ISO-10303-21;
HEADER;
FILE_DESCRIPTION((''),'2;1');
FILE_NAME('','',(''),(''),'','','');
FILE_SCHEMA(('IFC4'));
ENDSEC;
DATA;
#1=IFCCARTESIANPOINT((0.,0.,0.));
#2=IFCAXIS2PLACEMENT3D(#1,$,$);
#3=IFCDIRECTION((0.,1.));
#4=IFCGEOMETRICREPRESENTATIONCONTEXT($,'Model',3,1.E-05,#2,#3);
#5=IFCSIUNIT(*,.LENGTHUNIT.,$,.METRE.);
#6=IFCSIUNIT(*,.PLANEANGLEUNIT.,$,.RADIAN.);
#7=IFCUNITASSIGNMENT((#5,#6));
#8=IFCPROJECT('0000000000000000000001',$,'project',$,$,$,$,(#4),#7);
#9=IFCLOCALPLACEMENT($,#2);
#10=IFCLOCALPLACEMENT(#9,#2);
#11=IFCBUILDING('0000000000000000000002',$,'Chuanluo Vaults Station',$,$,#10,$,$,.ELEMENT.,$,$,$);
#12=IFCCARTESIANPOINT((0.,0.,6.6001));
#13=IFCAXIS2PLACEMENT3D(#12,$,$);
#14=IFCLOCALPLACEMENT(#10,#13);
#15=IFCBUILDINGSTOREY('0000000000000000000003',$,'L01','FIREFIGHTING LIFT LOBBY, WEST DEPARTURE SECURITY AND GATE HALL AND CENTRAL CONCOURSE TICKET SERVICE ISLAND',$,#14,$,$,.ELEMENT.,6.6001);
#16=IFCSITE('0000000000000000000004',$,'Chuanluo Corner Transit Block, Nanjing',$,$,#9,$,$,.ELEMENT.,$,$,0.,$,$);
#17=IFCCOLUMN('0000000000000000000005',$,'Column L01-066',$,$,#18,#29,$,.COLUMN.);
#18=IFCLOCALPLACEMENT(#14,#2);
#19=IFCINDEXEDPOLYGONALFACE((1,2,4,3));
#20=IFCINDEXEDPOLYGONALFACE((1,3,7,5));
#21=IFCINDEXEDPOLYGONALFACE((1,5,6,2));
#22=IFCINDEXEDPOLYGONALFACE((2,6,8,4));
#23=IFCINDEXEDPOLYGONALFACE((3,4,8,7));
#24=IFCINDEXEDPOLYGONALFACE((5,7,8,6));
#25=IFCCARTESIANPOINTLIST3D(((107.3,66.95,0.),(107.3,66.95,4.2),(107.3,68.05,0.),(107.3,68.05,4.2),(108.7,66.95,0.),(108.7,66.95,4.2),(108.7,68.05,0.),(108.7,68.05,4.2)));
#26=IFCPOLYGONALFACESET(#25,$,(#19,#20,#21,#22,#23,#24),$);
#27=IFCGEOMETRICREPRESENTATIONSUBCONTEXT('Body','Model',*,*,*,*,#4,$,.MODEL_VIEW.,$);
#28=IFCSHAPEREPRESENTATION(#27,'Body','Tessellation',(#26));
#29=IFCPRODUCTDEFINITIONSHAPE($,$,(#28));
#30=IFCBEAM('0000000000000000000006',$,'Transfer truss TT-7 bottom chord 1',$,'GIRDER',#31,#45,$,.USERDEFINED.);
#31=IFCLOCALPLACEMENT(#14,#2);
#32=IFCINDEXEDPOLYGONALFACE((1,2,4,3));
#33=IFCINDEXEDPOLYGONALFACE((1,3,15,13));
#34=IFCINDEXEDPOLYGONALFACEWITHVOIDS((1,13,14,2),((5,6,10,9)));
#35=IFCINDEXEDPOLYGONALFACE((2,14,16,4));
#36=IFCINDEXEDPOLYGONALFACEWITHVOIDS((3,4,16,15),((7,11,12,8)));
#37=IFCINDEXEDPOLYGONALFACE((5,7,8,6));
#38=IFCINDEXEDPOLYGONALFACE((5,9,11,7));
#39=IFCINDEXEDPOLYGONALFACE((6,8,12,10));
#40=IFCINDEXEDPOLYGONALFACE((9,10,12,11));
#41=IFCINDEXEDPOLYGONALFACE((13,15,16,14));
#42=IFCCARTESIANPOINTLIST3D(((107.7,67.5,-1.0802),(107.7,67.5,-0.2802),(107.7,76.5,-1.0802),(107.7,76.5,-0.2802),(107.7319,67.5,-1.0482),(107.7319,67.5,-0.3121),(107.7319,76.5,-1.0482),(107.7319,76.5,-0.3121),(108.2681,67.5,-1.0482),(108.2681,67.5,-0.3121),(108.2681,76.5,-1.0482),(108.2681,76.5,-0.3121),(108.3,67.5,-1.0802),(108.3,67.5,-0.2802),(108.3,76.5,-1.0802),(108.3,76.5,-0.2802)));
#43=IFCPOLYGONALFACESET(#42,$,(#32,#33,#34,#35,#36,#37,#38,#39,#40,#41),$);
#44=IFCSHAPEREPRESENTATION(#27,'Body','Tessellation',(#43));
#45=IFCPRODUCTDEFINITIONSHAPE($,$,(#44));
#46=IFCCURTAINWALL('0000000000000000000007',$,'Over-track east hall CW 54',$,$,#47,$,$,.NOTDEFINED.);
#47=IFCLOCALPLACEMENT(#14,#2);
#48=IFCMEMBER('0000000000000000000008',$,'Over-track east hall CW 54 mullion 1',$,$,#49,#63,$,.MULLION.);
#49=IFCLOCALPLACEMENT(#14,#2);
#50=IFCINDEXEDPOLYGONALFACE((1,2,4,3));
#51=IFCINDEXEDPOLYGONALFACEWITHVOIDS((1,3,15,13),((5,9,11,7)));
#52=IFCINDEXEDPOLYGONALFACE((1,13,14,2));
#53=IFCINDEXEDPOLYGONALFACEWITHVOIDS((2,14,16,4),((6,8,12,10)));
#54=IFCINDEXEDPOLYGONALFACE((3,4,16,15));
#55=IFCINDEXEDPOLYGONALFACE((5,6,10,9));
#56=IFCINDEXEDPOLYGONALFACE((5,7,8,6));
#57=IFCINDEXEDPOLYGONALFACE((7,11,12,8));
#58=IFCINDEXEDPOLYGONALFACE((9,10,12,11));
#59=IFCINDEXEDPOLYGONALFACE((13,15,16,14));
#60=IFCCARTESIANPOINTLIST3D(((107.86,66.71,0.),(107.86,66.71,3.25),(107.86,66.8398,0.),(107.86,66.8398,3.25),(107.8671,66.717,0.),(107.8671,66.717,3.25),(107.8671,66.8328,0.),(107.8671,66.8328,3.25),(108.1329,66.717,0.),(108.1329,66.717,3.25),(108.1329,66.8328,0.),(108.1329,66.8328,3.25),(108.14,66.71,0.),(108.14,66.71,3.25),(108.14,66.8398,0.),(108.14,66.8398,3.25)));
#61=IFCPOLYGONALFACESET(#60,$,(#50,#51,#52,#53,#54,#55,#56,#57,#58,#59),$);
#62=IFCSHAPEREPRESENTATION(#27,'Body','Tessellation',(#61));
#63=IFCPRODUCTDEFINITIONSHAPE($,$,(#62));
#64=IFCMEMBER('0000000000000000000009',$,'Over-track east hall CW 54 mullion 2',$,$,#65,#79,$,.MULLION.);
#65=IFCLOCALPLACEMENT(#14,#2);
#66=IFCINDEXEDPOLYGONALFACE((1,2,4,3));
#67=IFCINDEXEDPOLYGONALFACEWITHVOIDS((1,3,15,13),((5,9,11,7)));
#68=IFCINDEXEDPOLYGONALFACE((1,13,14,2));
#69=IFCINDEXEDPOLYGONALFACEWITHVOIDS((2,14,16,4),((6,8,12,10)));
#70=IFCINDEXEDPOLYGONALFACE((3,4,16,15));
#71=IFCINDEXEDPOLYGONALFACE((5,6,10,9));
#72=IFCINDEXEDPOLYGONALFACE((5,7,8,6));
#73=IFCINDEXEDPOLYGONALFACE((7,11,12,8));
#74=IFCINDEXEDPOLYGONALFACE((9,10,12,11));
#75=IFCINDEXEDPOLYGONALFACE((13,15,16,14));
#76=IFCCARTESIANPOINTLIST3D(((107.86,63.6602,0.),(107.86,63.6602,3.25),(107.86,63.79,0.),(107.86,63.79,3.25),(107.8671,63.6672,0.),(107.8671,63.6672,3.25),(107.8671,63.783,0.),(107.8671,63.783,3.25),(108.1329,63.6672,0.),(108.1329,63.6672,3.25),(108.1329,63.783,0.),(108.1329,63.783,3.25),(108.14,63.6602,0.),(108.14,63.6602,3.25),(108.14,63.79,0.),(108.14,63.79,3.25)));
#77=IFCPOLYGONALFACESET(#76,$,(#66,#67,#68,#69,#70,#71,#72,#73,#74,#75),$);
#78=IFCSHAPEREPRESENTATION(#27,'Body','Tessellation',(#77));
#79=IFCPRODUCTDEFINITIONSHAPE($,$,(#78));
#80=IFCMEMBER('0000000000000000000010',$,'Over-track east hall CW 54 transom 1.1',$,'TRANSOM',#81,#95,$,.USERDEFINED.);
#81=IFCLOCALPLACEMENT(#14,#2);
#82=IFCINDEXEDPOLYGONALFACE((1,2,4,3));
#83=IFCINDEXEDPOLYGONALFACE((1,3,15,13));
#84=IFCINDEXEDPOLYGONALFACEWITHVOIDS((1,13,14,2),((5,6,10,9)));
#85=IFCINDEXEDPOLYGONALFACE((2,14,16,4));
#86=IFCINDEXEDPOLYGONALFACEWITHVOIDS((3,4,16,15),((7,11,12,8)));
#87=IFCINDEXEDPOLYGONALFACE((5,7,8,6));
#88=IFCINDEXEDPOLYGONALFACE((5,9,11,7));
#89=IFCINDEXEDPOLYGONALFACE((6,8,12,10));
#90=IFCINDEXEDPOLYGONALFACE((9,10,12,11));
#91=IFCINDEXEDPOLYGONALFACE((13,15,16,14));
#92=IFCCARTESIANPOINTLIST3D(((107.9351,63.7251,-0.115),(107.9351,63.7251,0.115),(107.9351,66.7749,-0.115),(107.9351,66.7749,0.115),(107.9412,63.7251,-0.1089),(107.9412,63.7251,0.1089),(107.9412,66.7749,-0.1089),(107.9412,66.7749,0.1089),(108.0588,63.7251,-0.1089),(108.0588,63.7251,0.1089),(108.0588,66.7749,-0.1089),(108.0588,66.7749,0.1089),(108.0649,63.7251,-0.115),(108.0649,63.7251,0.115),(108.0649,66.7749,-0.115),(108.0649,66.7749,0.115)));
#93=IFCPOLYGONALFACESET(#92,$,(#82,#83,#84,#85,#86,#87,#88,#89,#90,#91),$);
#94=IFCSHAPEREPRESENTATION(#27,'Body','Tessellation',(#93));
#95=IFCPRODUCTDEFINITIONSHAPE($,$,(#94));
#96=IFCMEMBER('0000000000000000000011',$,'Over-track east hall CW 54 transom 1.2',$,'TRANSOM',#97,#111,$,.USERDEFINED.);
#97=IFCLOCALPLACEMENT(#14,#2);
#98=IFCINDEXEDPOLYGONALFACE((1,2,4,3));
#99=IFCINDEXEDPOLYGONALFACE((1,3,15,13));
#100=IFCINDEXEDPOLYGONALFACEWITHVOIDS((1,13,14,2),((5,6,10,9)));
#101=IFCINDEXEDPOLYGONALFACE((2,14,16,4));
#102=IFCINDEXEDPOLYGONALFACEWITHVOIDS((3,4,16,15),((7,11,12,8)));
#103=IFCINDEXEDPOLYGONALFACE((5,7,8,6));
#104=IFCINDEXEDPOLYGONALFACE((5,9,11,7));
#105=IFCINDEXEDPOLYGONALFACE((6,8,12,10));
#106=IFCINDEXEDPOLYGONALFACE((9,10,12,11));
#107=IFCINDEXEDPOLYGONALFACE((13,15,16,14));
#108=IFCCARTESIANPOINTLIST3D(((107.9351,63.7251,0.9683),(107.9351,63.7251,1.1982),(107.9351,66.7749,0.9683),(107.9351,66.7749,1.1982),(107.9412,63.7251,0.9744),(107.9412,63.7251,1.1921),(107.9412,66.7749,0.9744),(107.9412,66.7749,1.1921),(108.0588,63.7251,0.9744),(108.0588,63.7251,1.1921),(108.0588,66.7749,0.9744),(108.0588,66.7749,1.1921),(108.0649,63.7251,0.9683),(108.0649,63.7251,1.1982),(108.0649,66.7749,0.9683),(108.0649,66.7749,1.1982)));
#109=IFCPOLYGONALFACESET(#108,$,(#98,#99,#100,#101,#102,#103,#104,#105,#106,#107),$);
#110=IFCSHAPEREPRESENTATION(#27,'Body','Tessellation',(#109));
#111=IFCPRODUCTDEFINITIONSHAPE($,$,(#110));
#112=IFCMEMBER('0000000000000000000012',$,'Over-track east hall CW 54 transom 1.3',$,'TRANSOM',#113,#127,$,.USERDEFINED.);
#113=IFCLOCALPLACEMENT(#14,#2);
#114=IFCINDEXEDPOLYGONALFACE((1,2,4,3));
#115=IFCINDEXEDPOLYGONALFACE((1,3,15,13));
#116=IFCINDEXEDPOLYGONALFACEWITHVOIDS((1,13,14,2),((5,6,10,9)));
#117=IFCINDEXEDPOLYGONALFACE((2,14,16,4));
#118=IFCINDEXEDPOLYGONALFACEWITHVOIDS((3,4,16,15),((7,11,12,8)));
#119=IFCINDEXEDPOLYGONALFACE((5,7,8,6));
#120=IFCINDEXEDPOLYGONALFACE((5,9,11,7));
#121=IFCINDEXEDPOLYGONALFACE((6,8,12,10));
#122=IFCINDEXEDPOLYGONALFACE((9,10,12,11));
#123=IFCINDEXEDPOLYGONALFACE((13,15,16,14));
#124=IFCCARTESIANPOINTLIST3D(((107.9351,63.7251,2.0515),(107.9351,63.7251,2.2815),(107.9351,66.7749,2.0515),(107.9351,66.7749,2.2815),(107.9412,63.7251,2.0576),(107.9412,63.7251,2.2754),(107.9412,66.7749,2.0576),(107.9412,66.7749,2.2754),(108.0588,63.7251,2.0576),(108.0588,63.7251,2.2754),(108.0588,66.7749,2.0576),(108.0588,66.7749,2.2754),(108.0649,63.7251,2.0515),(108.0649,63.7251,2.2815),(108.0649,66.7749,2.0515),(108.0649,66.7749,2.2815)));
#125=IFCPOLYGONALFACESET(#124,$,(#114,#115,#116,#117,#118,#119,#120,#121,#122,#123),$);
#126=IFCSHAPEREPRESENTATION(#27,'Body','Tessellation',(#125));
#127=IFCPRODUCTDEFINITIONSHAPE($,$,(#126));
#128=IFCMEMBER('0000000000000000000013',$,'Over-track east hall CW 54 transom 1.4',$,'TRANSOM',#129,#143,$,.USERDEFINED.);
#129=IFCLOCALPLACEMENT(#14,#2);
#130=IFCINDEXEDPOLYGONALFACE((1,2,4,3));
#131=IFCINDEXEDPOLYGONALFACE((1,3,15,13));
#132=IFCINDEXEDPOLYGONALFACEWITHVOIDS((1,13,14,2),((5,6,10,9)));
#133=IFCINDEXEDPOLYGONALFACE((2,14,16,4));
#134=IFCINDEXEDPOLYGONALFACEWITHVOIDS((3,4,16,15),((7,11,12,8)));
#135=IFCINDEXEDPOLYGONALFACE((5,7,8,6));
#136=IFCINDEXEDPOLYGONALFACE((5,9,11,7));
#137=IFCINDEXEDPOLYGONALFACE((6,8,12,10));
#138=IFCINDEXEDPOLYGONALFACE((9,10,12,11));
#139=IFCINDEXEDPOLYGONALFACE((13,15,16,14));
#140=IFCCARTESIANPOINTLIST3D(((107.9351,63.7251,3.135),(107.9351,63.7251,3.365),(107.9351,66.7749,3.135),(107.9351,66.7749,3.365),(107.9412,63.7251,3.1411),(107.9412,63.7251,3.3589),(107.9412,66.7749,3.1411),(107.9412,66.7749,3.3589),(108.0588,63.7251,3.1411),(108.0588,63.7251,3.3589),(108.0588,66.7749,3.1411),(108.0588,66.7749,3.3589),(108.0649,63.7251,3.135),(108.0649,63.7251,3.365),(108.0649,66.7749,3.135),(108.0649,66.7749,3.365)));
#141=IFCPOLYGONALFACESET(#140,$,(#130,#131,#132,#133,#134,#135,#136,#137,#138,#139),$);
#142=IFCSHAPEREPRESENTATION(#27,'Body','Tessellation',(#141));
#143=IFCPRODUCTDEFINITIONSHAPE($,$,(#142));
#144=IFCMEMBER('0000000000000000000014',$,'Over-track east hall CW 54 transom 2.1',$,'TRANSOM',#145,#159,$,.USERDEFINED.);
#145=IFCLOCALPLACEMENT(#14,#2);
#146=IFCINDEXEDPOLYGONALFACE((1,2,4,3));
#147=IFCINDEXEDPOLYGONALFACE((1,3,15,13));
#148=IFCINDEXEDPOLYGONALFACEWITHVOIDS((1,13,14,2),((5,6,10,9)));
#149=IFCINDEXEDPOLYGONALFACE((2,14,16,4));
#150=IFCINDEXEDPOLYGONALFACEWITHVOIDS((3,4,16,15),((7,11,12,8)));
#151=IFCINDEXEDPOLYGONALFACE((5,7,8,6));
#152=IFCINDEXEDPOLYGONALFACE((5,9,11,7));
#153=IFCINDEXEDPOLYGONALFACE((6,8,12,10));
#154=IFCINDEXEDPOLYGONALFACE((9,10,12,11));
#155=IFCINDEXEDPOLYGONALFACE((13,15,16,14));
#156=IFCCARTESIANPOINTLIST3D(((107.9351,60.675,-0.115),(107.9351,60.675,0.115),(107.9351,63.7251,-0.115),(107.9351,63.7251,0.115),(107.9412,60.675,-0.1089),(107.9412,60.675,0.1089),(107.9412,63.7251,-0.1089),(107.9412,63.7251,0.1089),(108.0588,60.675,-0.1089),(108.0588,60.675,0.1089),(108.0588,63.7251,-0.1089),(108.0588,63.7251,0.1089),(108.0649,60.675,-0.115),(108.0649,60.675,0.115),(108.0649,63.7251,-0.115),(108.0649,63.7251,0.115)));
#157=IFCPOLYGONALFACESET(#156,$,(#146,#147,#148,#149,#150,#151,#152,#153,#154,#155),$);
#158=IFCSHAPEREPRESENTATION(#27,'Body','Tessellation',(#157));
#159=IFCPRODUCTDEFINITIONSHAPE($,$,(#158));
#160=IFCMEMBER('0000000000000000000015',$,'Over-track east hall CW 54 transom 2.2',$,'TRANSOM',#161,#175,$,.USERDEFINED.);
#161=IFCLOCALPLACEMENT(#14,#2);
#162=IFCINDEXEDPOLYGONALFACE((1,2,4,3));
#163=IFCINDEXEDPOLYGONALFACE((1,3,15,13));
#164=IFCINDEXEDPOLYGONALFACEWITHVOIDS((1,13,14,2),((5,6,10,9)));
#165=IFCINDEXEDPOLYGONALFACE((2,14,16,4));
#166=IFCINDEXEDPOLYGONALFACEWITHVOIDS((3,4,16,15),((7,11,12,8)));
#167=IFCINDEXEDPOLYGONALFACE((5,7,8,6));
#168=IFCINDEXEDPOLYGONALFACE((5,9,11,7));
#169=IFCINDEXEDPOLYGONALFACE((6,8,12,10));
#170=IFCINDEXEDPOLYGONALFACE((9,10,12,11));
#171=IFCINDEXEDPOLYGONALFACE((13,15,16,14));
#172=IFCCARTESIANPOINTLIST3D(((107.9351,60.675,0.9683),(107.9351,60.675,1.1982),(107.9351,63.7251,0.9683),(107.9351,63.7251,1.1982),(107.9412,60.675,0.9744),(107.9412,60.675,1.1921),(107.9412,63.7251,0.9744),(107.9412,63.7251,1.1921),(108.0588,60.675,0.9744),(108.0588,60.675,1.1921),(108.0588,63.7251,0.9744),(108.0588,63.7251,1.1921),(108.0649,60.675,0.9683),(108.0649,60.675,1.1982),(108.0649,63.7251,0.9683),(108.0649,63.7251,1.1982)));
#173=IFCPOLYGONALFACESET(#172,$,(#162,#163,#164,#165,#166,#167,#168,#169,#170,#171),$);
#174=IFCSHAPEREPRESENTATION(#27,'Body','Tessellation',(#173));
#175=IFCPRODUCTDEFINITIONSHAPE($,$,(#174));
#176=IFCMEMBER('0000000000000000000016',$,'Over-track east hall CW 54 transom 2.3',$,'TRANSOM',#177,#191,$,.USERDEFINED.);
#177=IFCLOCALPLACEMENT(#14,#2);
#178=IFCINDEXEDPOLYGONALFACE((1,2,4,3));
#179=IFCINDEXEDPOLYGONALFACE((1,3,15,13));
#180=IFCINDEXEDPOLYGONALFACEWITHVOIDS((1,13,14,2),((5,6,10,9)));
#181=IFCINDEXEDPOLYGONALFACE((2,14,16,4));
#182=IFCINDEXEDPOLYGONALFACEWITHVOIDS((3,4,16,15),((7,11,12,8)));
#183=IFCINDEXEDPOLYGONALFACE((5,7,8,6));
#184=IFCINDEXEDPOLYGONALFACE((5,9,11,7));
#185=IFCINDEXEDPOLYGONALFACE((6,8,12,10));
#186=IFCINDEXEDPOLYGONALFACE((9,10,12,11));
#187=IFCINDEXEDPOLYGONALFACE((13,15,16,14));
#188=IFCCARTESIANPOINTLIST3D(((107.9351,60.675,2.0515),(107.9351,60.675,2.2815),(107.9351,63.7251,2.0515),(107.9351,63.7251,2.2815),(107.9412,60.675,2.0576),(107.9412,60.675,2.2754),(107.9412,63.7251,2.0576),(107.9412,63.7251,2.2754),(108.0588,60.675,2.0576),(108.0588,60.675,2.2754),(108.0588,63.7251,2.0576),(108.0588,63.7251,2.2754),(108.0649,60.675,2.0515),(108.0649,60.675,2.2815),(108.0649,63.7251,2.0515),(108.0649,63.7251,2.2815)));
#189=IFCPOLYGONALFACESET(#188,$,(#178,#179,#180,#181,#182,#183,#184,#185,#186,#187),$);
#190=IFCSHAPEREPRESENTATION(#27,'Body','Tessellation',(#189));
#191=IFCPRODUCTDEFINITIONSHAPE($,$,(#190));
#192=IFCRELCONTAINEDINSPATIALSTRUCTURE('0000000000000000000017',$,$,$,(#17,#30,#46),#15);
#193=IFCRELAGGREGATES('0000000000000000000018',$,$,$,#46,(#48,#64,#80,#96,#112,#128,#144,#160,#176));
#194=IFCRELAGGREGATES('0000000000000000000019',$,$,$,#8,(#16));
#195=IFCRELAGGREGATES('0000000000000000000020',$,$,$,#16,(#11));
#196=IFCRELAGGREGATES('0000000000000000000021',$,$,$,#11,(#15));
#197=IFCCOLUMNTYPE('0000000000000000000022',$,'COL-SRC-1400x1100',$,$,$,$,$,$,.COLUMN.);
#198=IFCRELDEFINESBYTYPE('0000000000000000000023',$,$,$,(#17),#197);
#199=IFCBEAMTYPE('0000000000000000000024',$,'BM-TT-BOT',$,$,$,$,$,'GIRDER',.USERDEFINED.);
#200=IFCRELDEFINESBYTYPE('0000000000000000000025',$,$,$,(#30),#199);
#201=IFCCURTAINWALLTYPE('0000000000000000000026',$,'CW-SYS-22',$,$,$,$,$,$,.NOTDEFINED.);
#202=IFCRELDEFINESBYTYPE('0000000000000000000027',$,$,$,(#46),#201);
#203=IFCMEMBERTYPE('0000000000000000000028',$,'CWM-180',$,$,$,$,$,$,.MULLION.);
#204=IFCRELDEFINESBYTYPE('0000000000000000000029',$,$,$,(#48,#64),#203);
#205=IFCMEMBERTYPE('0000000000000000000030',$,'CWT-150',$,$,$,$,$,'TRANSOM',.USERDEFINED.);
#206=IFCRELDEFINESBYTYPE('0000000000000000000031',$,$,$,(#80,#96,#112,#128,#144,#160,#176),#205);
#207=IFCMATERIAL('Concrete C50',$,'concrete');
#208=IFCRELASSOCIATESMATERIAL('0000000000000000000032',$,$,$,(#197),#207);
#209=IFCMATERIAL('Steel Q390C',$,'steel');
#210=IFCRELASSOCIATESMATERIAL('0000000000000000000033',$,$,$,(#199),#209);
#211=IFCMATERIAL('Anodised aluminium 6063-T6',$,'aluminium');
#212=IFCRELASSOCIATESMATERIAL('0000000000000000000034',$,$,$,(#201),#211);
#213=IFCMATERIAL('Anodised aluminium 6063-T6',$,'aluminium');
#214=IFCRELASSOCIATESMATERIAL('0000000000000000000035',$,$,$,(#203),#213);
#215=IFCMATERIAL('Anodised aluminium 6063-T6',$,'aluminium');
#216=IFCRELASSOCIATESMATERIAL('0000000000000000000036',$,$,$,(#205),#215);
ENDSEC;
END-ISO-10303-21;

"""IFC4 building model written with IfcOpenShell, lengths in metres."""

from ifc_helpers import new_model, si_unit, direction, frame, origin, origin_2d, place, context, subcontext, project, spatial, rectangle, hollow_rectangle, extrude, material, material_profile, profile_set, type_object, element, aggregate, save


model = new_model("IFC4")

# Units and contexts
model_context = context("Model", 3, precision=1e-05, world=origin(), true_north=direction((0.0, 1.0)))
body_context = subcontext(model_context, "Body", "Model", "MODEL_VIEW")
ifc_project = project(units=[si_unit("LENGTHUNIT", "METRE"), si_unit("PLANEANGLEUNIT", "RADIAN")], contexts=[model_context])

# Site, building, storey
site_placement = place(None, origin())
site = spatial("IfcSite", under=ifc_project, at=site_placement, Name="Chuanluo Corner Transit Block, Nanjing", CompositionType="ELEMENT", RefElevation=0.0)
building_placement = place(site_placement, origin())
building = spatial("IfcBuilding", under=site, at=building_placement, Name="Chuanluo Vaults Station", CompositionType="ELEMENT")
storey_placement = place(building_placement, frame((0.0, 0.0, 6.6001)))
storey = spatial("IfcBuildingStorey", under=building, at=storey_placement, Name="L01", Description="FIREFIGHTING LIFT LOBBY, WEST DEPARTURE SECURITY AND GATE HALL AND CENTRAL CONCOURSE TICKET SERVICE ISLAND", CompositionType="ELEMENT", Elevation=6.6001)

# Column
ifc_material_1 = material(Name="Concrete C50", Category="concrete")
ifc_material_profile_1 = material_profile(ifc_material_1, rectangle(XDim=1.3999, YDim=1.1001, at=origin_2d()))
ifc_profile_set_1 = profile_set([ifc_material_profile_1], Name="Concrete C50")
column_type = type_object("IfcColumnType", Name="COL-SRC-1400x1100", PredefinedType="COLUMN", material=ifc_profile_set_1)
column_placement = place(storey_placement, frame((108.0, 67.5, 0.0), z_axis=(0.0, 0.0, 1.0), x_axis=(1.0, 0.0, 0.0)))
element("IfcColumn", 1, at=column_placement, inside=storey, type_object=column_type, Name="Column L01-066", PredefinedType="COLUMN", context=body_context, shape_type="SweptSolid", body=[
    extrude(rectangle(XDim=1.3999, YDim=1.1001, at=origin_2d()), origin(), (0.0, 0.0, 1.0), 4.2),
])

# Beam
ifc_material_2 = material(Name="Steel Q390C", Category="steel")
ifc_material_profile_2 = material_profile(ifc_material_2, hollow_rectangle(XDim=0.6001, YDim=0.8, WallThickness=0.032, at=origin_2d()))
ifc_profile_set_2 = profile_set([ifc_material_profile_2], Name="Steel Q390C")
beam_type = type_object("IfcBeamType", Name="BM-TT-BOT", ElementType="GIRDER", PredefinedType="USERDEFINED", material=ifc_profile_set_2)
beam_placement = place(storey_placement, frame((108.0, 67.5, -0.6802), z_axis=(0.0, 1.0, 0.0), x_axis=(-1.0, 0.0, 0.0)))
element("IfcBeam", 2, at=beam_placement, inside=storey, type_object=beam_type, Name="Transfer truss TT-7 bottom chord 1", ObjectType="GIRDER", PredefinedType="USERDEFINED", context=body_context, shape_type="SweptSolid", body=[
    extrude(hollow_rectangle(XDim=0.6001, YDim=0.8, WallThickness=0.032, at=origin_2d()), origin(), (0.0, 0.0, 1.0), 9.0),
])

# Curtain wall, members
ifc_material_3 = material(Name="Anodised aluminium 6063-T6", Category="aluminium")
curtain_wall_type = type_object("IfcCurtainWallType", Name="CW-SYS-22", PredefinedType="NOTDEFINED", material=ifc_material_3)
curtain_wall_placement = place(storey_placement, origin())
curtain_wall = element("IfcCurtainWall", 3, at=curtain_wall_placement, inside=storey, type_object=curtain_wall_type, Name="Over-track east hall CW 54", PredefinedType="NOTDEFINED")
ifc_material_4 = material(Name="Anodised aluminium 6063-T6", Category="aluminium")
ifc_material_profile_3 = material_profile(ifc_material_4, hollow_rectangle(XDim=0.1299, YDim=0.28, WallThickness=0.0071, at=origin_2d()))
ifc_profile_set_3 = profile_set([ifc_material_profile_3], Name="Anodised aluminium 6063-T6")
member_type_1 = type_object("IfcMemberType", Name="CWM-180", PredefinedType="MULLION", material=ifc_profile_set_3)
member_1_placement = place(storey_placement, frame((108.0, 66.7749, 0.0), z_axis=(0.0, 0.0, 1.0), x_axis=(0.0, -1.0, 0.0)))
member_1 = element("IfcMember", 4, at=member_1_placement, type_object=member_type_1, Name="Over-track east hall CW 54 mullion 1", PredefinedType="MULLION", context=body_context, shape_type="SweptSolid", body=[
    extrude(hollow_rectangle(XDim=0.1299, YDim=0.28, WallThickness=0.0071, at=origin_2d()), origin(), (0.0, 0.0, 1.0), 3.25),
])
member_2_placement = place(storey_placement, frame((108.0, 63.7251, 0.0), z_axis=(0.0, 0.0, 1.0), x_axis=(0.0, -1.0, 0.0)))
member_2 = element("IfcMember", 5, at=member_2_placement, type_object=member_type_1, Name="Over-track east hall CW 54 mullion 2", PredefinedType="MULLION", context=body_context, shape_type="SweptSolid", body=[
    extrude(hollow_rectangle(XDim=0.1299, YDim=0.28, WallThickness=0.0071, at=origin_2d()), origin(), (0.0, 0.0, 1.0), 3.25),
])
ifc_material_5 = material(Name="Anodised aluminium 6063-T6", Category="aluminium")
ifc_material_profile_4 = material_profile(ifc_material_5, hollow_rectangle(XDim=0.1299, YDim=0.23, WallThickness=0.0061, at=origin_2d()))
ifc_profile_set_4 = profile_set([ifc_material_profile_4], Name="Anodised aluminium 6063-T6")
member_type_2 = type_object("IfcMemberType", Name="CWT-150", ElementType="TRANSOM", PredefinedType="USERDEFINED", material=ifc_profile_set_4)
member_3_placement = place(storey_placement, frame((108.0, 66.7749, 0.0), z_axis=(0.0, -1.0, 0.0), x_axis=(1.0, 0.0, 0.0)))
member_3 = element("IfcMember", 6, at=member_3_placement, type_object=member_type_2, Name="Over-track east hall CW 54 transom 1.1", ObjectType="TRANSOM", PredefinedType="USERDEFINED", context=body_context, shape_type="SweptSolid", body=[
    extrude(hollow_rectangle(XDim=0.1299, YDim=0.23, WallThickness=0.0061, at=origin_2d()), origin(), (0.0, 0.0, 1.0), 3.0498),
])
member_4_placement = place(storey_placement, frame((108.0, 66.7749, 1.0833), z_axis=(0.0, -1.0, 0.0), x_axis=(1.0, 0.0, 0.0)))
member_4 = element("IfcMember", 7, at=member_4_placement, type_object=member_type_2, Name="Over-track east hall CW 54 transom 1.2", ObjectType="TRANSOM", PredefinedType="USERDEFINED", context=body_context, shape_type="SweptSolid", body=[
    extrude(hollow_rectangle(XDim=0.1299, YDim=0.23, WallThickness=0.0061, at=origin_2d()), origin(), (0.0, 0.0, 1.0), 3.0498),
])
member_5_placement = place(storey_placement, frame((108.0, 66.7749, 2.1665), z_axis=(0.0, -1.0, 0.0), x_axis=(1.0, 0.0, 0.0)))
member_5 = element("IfcMember", 8, at=member_5_placement, type_object=member_type_2, Name="Over-track east hall CW 54 transom 1.3", ObjectType="TRANSOM", PredefinedType="USERDEFINED", context=body_context, shape_type="SweptSolid", body=[
    extrude(hollow_rectangle(XDim=0.1299, YDim=0.23, WallThickness=0.0061, at=origin_2d()), origin(), (0.0, 0.0, 1.0), 3.0498),
])
member_6_placement = place(storey_placement, frame((108.0, 66.7749, 3.25), z_axis=(0.0, -1.0, 0.0), x_axis=(1.0, 0.0, 0.0)))
member_6 = element("IfcMember", 9, at=member_6_placement, type_object=member_type_2, Name="Over-track east hall CW 54 transom 1.4", ObjectType="TRANSOM", PredefinedType="USERDEFINED", context=body_context, shape_type="SweptSolid", body=[
    extrude(hollow_rectangle(XDim=0.1299, YDim=0.23, WallThickness=0.0061, at=origin_2d()), origin(), (0.0, 0.0, 1.0), 3.0498),
])
member_7_placement = place(storey_placement, frame((108.0, 63.7251, 0.0), z_axis=(0.0, -1.0, 0.0), x_axis=(1.0, 0.0, 0.0)))
member_7 = element("IfcMember", 10, at=member_7_placement, type_object=member_type_2, Name="Over-track east hall CW 54 transom 2.1", ObjectType="TRANSOM", PredefinedType="USERDEFINED", context=body_context, shape_type="SweptSolid", body=[
    extrude(hollow_rectangle(XDim=0.1299, YDim=0.23, WallThickness=0.0061, at=origin_2d()), origin(), (0.0, 0.0, 1.0), 3.05),
])
member_8_placement = place(storey_placement, frame((108.0, 63.7251, 1.0833), z_axis=(0.0, -1.0, 0.0), x_axis=(1.0, 0.0, 0.0)))
member_8 = element("IfcMember", 11, at=member_8_placement, type_object=member_type_2, Name="Over-track east hall CW 54 transom 2.2", ObjectType="TRANSOM", PredefinedType="USERDEFINED", context=body_context, shape_type="SweptSolid", body=[
    extrude(hollow_rectangle(XDim=0.1299, YDim=0.23, WallThickness=0.0061, at=origin_2d()), origin(), (0.0, 0.0, 1.0), 3.05),
])
member_9_placement = place(storey_placement, frame((108.0, 63.7251, 2.1665), z_axis=(0.0, -1.0, 0.0), x_axis=(1.0, 0.0, 0.0)))
member_9 = element("IfcMember", 12, at=member_9_placement, type_object=member_type_2, Name="Over-track east hall CW 54 transom 2.3", ObjectType="TRANSOM", PredefinedType="USERDEFINED", context=body_context, shape_type="SweptSolid", body=[
    extrude(hollow_rectangle(XDim=0.1299, YDim=0.23, WallThickness=0.0061, at=origin_2d()), origin(), (0.0, 0.0, 1.0), 3.05),
])

aggregate(curtain_wall, [member_1, member_2, member_3, member_4, member_5, member_6, member_7, member_8, member_9])

save(model, "model.ifc")
